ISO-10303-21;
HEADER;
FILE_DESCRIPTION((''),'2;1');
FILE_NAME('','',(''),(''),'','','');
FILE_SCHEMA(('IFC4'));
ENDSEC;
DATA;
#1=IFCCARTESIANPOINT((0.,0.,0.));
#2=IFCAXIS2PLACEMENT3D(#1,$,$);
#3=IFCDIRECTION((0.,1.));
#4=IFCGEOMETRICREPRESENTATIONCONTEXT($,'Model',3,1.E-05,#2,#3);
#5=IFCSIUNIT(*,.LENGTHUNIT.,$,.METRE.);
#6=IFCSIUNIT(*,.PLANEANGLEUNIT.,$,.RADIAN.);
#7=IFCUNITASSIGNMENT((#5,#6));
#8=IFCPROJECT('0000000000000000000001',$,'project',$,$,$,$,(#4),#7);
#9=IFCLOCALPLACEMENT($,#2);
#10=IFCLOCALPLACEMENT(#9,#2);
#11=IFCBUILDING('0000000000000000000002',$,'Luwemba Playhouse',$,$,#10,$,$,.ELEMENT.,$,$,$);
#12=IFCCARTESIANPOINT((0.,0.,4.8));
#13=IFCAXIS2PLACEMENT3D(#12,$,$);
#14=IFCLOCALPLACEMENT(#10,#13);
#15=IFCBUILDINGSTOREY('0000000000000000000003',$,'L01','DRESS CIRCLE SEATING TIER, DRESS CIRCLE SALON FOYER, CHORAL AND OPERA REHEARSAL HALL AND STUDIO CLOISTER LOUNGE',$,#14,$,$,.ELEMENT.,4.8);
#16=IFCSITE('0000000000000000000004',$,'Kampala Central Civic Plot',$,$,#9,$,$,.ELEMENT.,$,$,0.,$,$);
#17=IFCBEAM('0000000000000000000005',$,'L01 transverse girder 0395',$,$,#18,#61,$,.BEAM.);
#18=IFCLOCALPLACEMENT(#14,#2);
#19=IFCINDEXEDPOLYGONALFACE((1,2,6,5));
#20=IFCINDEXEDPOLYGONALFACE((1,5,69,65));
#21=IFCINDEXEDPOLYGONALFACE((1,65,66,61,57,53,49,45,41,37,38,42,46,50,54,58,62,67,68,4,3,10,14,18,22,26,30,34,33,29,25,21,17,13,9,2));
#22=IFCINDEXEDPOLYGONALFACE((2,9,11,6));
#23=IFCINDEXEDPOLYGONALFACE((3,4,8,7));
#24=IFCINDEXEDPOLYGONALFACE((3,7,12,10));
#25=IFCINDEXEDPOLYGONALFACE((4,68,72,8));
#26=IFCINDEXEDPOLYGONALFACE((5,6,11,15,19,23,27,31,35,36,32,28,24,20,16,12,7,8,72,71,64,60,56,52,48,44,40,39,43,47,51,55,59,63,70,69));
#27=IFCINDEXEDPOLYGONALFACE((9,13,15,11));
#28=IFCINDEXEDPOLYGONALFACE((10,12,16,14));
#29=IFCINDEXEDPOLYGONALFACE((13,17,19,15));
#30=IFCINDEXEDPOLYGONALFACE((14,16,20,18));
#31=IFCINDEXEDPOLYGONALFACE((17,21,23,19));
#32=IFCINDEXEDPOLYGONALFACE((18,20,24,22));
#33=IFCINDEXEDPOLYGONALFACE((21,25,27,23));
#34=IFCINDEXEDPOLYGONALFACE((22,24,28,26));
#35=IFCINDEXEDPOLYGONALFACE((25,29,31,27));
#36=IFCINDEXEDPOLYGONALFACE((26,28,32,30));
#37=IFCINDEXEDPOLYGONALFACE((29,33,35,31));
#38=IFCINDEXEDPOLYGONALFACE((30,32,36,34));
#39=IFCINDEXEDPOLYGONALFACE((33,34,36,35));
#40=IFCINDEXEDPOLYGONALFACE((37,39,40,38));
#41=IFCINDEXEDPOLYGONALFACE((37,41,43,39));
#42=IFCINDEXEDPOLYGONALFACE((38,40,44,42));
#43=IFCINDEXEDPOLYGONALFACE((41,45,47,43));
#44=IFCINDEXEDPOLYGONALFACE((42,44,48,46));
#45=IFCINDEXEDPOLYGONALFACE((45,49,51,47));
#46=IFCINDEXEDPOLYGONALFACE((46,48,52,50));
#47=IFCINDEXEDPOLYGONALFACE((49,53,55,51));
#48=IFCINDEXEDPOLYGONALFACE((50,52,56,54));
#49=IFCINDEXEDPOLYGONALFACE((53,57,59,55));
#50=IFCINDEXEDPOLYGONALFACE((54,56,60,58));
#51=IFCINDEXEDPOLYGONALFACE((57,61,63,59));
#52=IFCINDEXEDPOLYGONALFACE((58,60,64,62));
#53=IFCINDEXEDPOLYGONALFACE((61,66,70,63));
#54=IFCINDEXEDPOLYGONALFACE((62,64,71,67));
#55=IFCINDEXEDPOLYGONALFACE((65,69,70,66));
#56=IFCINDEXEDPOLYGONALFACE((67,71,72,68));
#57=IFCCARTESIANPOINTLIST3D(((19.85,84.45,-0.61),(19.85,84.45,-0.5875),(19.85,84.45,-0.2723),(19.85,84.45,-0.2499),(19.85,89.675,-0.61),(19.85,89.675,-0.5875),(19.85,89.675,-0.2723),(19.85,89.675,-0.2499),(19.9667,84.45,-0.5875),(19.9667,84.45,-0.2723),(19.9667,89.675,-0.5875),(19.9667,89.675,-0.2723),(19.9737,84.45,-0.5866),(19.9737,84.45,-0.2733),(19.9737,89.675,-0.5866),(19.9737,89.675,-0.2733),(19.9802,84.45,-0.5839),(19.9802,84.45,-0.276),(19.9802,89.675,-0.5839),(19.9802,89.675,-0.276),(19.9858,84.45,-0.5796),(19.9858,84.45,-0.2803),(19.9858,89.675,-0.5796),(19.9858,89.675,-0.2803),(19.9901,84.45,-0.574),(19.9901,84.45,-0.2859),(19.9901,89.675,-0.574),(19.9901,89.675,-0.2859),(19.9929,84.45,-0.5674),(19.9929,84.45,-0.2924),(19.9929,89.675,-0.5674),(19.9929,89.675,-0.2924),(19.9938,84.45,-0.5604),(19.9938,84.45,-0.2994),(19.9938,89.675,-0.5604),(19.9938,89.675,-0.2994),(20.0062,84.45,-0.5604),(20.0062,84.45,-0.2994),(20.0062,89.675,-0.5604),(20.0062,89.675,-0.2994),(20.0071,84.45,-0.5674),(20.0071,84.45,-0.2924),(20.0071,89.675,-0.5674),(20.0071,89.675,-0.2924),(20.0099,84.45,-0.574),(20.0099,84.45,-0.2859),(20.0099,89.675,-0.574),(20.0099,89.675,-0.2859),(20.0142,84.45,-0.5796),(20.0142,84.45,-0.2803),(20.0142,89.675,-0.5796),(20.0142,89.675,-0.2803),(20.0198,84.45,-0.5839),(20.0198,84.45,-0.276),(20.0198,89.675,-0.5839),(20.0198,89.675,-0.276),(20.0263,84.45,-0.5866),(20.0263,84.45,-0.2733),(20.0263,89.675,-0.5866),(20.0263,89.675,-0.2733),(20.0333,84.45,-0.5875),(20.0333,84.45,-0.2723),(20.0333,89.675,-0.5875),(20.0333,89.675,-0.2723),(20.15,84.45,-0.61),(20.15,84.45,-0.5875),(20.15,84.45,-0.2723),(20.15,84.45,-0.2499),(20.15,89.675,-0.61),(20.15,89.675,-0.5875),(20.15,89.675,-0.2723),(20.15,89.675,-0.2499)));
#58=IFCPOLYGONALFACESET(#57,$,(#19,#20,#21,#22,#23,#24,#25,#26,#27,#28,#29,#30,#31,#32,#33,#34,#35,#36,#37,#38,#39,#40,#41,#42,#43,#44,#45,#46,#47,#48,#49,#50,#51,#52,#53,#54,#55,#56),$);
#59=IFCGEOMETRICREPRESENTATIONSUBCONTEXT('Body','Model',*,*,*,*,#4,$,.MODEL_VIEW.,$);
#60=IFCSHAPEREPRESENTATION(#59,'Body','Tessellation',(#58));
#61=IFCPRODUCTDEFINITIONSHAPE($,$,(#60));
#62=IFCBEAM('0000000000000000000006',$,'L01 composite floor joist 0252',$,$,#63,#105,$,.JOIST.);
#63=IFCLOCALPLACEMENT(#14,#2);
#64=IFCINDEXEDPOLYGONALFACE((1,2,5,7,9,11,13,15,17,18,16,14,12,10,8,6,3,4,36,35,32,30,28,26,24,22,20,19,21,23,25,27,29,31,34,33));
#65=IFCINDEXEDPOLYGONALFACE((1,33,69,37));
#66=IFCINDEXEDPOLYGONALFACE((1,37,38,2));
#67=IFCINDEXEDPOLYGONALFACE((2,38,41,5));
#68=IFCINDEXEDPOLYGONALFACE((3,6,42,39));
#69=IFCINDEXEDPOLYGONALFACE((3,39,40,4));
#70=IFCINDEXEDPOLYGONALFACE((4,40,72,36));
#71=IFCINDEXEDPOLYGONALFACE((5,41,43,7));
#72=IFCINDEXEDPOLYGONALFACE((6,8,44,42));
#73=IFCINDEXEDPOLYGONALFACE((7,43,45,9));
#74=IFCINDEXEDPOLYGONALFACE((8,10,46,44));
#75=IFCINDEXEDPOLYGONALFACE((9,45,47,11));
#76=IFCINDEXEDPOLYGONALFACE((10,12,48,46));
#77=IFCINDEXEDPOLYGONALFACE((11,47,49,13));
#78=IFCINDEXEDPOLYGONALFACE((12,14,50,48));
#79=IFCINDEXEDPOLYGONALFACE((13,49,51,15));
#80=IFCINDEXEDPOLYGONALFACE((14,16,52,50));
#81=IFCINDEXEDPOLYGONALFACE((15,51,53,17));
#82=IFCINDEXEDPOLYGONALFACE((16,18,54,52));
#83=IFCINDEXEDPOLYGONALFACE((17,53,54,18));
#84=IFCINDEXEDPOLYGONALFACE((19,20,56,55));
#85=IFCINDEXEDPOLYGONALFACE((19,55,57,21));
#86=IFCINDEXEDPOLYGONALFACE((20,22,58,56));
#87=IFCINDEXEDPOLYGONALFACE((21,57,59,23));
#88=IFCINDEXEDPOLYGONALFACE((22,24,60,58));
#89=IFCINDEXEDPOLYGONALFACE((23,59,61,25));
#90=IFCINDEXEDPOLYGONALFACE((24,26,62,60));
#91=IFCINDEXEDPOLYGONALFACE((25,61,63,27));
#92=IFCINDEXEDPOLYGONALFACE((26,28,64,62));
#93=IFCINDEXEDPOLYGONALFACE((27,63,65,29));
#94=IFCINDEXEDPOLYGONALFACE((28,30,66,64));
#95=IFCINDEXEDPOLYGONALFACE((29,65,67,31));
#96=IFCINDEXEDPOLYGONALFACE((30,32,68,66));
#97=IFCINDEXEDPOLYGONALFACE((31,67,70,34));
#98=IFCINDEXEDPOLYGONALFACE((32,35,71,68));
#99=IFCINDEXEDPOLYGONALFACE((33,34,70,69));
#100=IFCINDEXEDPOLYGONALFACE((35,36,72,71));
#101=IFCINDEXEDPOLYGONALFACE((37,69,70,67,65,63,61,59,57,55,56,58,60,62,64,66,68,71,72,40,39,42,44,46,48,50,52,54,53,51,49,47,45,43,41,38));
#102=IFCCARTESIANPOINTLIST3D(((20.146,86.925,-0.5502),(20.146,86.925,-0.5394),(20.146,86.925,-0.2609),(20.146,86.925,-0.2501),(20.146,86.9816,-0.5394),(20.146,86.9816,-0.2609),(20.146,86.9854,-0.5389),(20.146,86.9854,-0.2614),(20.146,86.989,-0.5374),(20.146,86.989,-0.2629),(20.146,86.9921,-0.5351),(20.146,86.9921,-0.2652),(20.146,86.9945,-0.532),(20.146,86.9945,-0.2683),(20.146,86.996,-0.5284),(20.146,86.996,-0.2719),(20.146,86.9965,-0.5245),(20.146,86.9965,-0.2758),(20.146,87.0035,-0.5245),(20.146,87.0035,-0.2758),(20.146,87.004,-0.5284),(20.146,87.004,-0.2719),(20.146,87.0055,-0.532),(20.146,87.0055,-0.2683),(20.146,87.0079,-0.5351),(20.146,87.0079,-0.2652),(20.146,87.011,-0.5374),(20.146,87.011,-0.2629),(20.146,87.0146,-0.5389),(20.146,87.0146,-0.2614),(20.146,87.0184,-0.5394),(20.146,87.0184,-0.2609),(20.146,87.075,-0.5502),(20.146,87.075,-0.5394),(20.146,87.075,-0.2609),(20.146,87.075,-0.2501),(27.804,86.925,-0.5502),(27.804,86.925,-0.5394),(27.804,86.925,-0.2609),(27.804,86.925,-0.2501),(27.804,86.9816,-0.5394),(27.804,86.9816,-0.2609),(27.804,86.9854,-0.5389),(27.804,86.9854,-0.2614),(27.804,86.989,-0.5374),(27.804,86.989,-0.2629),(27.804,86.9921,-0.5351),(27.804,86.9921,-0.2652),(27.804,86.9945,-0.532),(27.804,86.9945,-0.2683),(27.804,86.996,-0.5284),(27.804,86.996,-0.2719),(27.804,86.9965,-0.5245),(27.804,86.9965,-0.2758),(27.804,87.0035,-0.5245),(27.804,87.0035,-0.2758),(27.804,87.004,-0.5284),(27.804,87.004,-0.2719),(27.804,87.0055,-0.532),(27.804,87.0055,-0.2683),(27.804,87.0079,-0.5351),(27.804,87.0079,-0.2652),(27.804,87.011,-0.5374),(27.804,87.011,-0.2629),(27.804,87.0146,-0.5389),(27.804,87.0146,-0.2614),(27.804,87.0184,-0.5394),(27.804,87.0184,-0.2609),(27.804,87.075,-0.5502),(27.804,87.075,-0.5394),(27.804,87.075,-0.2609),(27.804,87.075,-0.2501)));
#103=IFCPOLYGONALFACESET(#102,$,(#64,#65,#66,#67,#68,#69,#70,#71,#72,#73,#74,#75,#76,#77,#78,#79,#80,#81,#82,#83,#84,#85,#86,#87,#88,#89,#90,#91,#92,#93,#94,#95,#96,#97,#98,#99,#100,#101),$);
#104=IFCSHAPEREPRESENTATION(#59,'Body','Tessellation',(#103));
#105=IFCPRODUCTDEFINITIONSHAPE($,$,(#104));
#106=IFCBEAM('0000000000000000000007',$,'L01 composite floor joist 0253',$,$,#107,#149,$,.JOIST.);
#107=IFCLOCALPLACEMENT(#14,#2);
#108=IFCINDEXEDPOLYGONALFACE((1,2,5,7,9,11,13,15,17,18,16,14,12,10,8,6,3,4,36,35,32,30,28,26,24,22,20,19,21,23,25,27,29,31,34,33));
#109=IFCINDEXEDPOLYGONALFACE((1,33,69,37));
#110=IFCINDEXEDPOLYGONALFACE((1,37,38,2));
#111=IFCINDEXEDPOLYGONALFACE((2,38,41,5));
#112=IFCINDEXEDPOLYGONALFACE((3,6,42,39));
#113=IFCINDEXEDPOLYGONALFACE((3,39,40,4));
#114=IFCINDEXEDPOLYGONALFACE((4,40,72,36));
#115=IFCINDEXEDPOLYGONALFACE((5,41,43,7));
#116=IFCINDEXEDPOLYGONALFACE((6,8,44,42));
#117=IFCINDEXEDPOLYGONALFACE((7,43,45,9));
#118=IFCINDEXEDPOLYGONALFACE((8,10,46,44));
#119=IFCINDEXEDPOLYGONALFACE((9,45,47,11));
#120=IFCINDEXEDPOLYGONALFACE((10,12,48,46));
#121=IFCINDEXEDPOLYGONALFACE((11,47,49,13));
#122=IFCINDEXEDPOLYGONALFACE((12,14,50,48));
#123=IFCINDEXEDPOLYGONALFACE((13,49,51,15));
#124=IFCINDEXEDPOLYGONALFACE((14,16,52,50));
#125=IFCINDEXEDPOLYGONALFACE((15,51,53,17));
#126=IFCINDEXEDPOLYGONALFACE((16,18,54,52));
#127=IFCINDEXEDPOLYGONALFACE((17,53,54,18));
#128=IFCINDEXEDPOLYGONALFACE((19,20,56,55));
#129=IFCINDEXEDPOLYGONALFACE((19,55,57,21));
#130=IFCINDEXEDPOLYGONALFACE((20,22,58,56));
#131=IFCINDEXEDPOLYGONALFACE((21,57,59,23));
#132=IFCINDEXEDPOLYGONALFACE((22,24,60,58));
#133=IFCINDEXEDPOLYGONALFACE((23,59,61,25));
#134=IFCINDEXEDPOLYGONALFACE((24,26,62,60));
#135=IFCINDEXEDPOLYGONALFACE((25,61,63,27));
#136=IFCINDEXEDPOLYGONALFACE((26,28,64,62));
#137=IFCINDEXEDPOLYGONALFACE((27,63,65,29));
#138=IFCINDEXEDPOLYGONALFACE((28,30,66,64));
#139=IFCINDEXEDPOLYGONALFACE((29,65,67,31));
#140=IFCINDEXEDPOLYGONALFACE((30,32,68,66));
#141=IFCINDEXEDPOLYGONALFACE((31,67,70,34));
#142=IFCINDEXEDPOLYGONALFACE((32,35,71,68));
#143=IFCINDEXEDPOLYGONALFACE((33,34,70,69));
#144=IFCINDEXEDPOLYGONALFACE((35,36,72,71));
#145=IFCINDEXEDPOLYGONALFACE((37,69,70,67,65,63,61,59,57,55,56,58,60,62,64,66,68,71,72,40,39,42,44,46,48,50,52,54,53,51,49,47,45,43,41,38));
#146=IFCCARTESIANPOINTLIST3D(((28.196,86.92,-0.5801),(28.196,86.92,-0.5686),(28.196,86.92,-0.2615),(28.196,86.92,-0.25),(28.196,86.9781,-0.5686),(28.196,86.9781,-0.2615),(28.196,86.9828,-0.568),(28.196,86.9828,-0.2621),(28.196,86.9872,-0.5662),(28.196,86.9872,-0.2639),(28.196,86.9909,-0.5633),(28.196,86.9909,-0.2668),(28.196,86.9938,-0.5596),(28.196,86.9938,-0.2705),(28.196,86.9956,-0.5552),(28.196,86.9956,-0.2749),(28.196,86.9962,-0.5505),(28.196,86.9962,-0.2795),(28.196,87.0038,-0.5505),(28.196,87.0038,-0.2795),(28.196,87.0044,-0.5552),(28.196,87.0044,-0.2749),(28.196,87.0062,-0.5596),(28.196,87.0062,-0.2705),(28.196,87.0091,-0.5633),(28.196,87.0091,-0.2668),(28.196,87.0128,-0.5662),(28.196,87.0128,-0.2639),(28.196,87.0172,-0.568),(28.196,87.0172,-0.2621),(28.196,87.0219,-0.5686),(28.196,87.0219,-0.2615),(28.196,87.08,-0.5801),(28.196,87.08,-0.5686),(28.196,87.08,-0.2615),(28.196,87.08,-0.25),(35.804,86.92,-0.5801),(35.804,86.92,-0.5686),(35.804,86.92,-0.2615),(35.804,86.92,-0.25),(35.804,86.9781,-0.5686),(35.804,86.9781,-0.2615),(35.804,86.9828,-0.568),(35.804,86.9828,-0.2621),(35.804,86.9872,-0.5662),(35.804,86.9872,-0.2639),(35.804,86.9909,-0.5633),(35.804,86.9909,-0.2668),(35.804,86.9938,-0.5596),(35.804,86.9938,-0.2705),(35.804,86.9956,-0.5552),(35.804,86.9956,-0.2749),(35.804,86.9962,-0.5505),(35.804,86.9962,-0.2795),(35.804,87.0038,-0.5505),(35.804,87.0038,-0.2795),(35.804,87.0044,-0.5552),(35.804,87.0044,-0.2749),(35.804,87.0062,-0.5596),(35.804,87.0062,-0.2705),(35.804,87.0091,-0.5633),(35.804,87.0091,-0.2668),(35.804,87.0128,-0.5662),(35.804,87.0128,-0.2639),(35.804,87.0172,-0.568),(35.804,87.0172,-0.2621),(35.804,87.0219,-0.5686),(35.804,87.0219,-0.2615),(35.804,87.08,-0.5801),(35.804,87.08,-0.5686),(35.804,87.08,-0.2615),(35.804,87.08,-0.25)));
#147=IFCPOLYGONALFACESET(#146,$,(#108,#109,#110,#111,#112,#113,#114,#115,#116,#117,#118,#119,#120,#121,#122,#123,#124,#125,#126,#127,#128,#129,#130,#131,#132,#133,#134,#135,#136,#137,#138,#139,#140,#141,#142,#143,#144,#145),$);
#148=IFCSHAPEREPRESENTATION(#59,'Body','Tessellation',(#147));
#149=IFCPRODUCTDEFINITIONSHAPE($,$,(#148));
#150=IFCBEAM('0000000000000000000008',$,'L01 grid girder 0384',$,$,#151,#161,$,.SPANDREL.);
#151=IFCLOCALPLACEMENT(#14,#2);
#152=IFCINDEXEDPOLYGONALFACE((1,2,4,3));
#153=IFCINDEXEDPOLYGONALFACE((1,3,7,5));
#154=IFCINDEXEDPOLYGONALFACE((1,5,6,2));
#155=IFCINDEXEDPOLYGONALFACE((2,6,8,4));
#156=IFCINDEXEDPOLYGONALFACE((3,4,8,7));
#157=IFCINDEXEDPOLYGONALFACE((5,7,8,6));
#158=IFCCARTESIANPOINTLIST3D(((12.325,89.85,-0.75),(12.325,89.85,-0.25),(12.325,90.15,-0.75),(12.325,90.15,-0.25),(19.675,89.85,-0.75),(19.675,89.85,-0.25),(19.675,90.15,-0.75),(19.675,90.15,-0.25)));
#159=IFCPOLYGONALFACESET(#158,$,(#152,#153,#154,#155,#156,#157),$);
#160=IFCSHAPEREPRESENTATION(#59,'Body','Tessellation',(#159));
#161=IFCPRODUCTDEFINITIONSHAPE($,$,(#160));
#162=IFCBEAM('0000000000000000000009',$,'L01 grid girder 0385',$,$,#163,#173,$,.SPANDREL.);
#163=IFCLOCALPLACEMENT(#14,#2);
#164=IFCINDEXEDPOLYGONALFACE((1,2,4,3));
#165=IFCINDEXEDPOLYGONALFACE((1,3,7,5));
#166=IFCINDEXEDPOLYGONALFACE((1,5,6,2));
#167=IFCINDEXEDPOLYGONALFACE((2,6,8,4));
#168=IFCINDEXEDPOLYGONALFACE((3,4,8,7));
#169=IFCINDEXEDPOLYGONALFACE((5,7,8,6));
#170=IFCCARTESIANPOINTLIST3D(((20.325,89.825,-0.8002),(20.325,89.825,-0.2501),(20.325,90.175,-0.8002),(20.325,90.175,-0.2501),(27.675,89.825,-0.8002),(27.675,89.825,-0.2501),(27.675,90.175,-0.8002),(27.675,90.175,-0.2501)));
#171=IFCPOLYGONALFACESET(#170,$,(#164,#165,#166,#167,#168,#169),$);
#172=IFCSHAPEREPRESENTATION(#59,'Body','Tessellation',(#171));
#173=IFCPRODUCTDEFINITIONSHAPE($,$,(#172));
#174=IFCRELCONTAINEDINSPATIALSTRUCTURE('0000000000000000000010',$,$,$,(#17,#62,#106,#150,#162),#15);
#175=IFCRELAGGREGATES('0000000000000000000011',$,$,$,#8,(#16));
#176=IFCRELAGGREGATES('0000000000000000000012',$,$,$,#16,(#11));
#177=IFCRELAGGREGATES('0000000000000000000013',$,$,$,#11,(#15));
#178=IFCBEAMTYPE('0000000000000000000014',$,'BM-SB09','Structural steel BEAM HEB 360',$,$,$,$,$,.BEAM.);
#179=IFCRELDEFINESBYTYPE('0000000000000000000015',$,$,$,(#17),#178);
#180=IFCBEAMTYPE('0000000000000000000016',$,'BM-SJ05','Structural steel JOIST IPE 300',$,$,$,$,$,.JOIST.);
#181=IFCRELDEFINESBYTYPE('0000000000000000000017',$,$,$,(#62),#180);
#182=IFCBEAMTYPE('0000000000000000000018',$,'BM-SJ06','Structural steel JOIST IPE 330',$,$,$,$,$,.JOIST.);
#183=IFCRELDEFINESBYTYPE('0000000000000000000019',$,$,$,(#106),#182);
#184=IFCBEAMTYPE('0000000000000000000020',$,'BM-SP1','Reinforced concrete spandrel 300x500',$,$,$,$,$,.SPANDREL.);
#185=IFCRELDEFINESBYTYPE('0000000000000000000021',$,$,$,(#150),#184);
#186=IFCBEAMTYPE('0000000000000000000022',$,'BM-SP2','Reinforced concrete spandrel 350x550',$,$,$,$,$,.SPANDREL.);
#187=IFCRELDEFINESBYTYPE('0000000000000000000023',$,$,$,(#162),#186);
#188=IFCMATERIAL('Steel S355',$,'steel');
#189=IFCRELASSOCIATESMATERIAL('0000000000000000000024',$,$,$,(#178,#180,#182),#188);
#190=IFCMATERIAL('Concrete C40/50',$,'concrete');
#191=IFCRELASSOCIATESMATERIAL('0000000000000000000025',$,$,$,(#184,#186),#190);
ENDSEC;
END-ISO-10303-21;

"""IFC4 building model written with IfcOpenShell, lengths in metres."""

from ifc_helpers import new_model, si_unit, direction, frame, origin, origin_2d, place, context, subcontext, project, spatial, rectangle, i_section, extrude, material, material_profile, profile_set, type_object, element, save


model = new_model("IFC4")

# Units and contexts
model_context = context("Model", 3, precision=1e-05, world=origin(), true_north=direction((0.0, 1.0)))
body_context = subcontext(model_context, "Body", "Model", "MODEL_VIEW")
ifc_project = project(units=[si_unit("LENGTHUNIT", "METRE"), si_unit("PLANEANGLEUNIT", "RADIAN")], contexts=[model_context])

# Site, building, storey
site_placement = place(None, origin())
site = spatial("IfcSite", under=ifc_project, at=site_placement, Name="Kampala Central Civic Plot", CompositionType="ELEMENT", RefElevation=0.0)
building_placement = place(site_placement, origin())
building = spatial("IfcBuilding", under=site, at=building_placement, Name="Luwemba Playhouse", CompositionType="ELEMENT")
storey_placement = place(building_placement, frame((0.0, 0.0, 4.8)))
storey = spatial("IfcBuildingStorey", under=building, at=storey_placement, Name="L01", Description="DRESS CIRCLE SEATING TIER, DRESS CIRCLE SALON FOYER, CHORAL AND OPERA REHEARSAL HALL AND STUDIO CLOISTER LOUNGE", CompositionType="ELEMENT", Elevation=4.8)

# Shared definitions
ifc_material_1 = material(Name="Concrete C40/50", Category="concrete")

# Beams
ifc_material_2 = material(Name="Steel S355", Category="steel")
ifc_material_profile_1 = material_profile(ifc_material_2, i_section(OverallWidth=0.3, OverallDepth=0.3601, WebThickness=0.0125, FlangeThickness=0.0225, FilletRadius=0.0271, at=origin_2d()))
ifc_profile_set_1 = profile_set([ifc_material_profile_1], Name="Steel S355")
beam_type_1 = type_object("IfcBeamType", Name="BM-SB09", Description="Structural steel BEAM HEB 360", PredefinedType="BEAM", material=ifc_profile_set_1)
beam_1_placement = place(storey_placement, frame((20.0, 84.45, -0.4299), z_axis=(0.0, 1.0, 0.0), x_axis=(-1.0, 0.0, 0.0)))
element("IfcBeam", 1, at=beam_1_placement, inside=storey, type_object=beam_type_1, Name="L01 transverse girder 0395", PredefinedType="BEAM", context=body_context, shape_type="SweptSolid", body=[
    extrude(i_section(OverallWidth=0.3, OverallDepth=0.3601, WebThickness=0.0125, FlangeThickness=0.0225, FilletRadius=0.0271, at=origin_2d()), origin(), (0.0, 0.0, 1.0), 5.2251),
])
ifc_material_profile_2 = material_profile(ifc_material_2, i_section(OverallWidth=0.1499, OverallDepth=0.3, WebThickness=0.0071, FlangeThickness=0.0107, FilletRadius=0.0149, at=origin_2d()))
ifc_profile_set_2 = profile_set([ifc_material_profile_2], Name="Steel S355")
beam_type_2 = type_object("IfcBeamType", Name="BM-SJ05", Description="Structural steel JOIST IPE 300", PredefinedType="JOIST", material=ifc_profile_set_2)
beam_2_placement = place(storey_placement, frame((20.146, 87.0, -0.4001), z_axis=(1.0, 0.0, 0.0), x_axis=(0.0, 1.0, 0.0)))
element("IfcBeam", 2, at=beam_2_placement, inside=storey, type_object=beam_type_2, Name="L01 composite floor joist 0252", PredefinedType="JOIST", context=body_context, shape_type="SweptSolid", body=[
    extrude(i_section(OverallWidth=0.1499, OverallDepth=0.3, WebThickness=0.0071, FlangeThickness=0.0107, FilletRadius=0.0149, at=origin_2d()), origin(), (0.0, 0.0, 1.0), 7.658),
])
ifc_material_profile_3 = material_profile(ifc_material_2, i_section(OverallWidth=0.1599, OverallDepth=0.3301, WebThickness=0.0076, FlangeThickness=0.0115, FilletRadius=0.0181, at=origin_2d()))
ifc_profile_set_3 = profile_set([ifc_material_profile_3], Name="Steel S355")
beam_type_3 = type_object("IfcBeamType", Name="BM-SJ06", Description="Structural steel JOIST IPE 330", PredefinedType="JOIST", material=ifc_profile_set_3)
beam_3_placement = place(storey_placement, frame((28.196, 87.0, -0.415), z_axis=(1.0, 0.0, 0.0), x_axis=(0.0, 1.0, 0.0)))
element("IfcBeam", 3, at=beam_3_placement, inside=storey, type_object=beam_type_3, Name="L01 composite floor joist 0253", PredefinedType="JOIST", context=body_context, shape_type="SweptSolid", body=[
    extrude(i_section(OverallWidth=0.1599, OverallDepth=0.3301, WebThickness=0.0076, FlangeThickness=0.0115, FilletRadius=0.0181, at=origin_2d()), origin(), (0.0, 0.0, 1.0), 7.6079),
])
ifc_material_profile_4 = material_profile(ifc_material_1, rectangle(XDim=0.3, YDim=0.5, at=origin_2d()))
ifc_profile_set_4 = profile_set([ifc_material_profile_4], Name="Concrete C40/50")
beam_type_4 = type_object("IfcBeamType", Name="BM-SP1", Description="Reinforced concrete spandrel 300x500", PredefinedType="SPANDREL", material=ifc_profile_set_4)
beam_4_placement = place(storey_placement, frame((12.325, 90.0, -0.5), z_axis=(1.0, 0.0, 0.0), x_axis=(0.0, 1.0, 0.0)))
element("IfcBeam", 4, at=beam_4_placement, inside=storey, type_object=beam_type_4, Name="L01 grid girder 0384", PredefinedType="SPANDREL", context=body_context, shape_type="SweptSolid", body=[
    extrude(rectangle(XDim=0.3, YDim=0.5, at=origin_2d()), origin(), (0.0, 0.0, 1.0), 7.3501),
])
ifc_material_profile_5 = material_profile(ifc_material_1, rectangle(XDim=0.3501, YDim=0.55, at=origin_2d()))
ifc_profile_set_5 = profile_set([ifc_material_profile_5], Name="Concrete C40/50")
beam_type_5 = type_object("IfcBeamType", Name="BM-SP2", Description="Reinforced concrete spandrel 350x550", PredefinedType="SPANDREL", material=ifc_profile_set_5)
beam_5_placement = place(storey_placement, frame((20.325, 90.0, -0.5251), z_axis=(1.0, 0.0, 0.0), x_axis=(0.0, 1.0, 0.0)))
element("IfcBeam", 5, at=beam_5_placement, inside=storey, type_object=beam_type_5, Name="L01 grid girder 0385", PredefinedType="SPANDREL", context=body_context, shape_type="SweptSolid", body=[
    extrude(rectangle(XDim=0.3501, YDim=0.55, at=origin_2d()), origin(), (0.0, 0.0, 1.0), 7.3501),
])

save(model, "model.ifc")
